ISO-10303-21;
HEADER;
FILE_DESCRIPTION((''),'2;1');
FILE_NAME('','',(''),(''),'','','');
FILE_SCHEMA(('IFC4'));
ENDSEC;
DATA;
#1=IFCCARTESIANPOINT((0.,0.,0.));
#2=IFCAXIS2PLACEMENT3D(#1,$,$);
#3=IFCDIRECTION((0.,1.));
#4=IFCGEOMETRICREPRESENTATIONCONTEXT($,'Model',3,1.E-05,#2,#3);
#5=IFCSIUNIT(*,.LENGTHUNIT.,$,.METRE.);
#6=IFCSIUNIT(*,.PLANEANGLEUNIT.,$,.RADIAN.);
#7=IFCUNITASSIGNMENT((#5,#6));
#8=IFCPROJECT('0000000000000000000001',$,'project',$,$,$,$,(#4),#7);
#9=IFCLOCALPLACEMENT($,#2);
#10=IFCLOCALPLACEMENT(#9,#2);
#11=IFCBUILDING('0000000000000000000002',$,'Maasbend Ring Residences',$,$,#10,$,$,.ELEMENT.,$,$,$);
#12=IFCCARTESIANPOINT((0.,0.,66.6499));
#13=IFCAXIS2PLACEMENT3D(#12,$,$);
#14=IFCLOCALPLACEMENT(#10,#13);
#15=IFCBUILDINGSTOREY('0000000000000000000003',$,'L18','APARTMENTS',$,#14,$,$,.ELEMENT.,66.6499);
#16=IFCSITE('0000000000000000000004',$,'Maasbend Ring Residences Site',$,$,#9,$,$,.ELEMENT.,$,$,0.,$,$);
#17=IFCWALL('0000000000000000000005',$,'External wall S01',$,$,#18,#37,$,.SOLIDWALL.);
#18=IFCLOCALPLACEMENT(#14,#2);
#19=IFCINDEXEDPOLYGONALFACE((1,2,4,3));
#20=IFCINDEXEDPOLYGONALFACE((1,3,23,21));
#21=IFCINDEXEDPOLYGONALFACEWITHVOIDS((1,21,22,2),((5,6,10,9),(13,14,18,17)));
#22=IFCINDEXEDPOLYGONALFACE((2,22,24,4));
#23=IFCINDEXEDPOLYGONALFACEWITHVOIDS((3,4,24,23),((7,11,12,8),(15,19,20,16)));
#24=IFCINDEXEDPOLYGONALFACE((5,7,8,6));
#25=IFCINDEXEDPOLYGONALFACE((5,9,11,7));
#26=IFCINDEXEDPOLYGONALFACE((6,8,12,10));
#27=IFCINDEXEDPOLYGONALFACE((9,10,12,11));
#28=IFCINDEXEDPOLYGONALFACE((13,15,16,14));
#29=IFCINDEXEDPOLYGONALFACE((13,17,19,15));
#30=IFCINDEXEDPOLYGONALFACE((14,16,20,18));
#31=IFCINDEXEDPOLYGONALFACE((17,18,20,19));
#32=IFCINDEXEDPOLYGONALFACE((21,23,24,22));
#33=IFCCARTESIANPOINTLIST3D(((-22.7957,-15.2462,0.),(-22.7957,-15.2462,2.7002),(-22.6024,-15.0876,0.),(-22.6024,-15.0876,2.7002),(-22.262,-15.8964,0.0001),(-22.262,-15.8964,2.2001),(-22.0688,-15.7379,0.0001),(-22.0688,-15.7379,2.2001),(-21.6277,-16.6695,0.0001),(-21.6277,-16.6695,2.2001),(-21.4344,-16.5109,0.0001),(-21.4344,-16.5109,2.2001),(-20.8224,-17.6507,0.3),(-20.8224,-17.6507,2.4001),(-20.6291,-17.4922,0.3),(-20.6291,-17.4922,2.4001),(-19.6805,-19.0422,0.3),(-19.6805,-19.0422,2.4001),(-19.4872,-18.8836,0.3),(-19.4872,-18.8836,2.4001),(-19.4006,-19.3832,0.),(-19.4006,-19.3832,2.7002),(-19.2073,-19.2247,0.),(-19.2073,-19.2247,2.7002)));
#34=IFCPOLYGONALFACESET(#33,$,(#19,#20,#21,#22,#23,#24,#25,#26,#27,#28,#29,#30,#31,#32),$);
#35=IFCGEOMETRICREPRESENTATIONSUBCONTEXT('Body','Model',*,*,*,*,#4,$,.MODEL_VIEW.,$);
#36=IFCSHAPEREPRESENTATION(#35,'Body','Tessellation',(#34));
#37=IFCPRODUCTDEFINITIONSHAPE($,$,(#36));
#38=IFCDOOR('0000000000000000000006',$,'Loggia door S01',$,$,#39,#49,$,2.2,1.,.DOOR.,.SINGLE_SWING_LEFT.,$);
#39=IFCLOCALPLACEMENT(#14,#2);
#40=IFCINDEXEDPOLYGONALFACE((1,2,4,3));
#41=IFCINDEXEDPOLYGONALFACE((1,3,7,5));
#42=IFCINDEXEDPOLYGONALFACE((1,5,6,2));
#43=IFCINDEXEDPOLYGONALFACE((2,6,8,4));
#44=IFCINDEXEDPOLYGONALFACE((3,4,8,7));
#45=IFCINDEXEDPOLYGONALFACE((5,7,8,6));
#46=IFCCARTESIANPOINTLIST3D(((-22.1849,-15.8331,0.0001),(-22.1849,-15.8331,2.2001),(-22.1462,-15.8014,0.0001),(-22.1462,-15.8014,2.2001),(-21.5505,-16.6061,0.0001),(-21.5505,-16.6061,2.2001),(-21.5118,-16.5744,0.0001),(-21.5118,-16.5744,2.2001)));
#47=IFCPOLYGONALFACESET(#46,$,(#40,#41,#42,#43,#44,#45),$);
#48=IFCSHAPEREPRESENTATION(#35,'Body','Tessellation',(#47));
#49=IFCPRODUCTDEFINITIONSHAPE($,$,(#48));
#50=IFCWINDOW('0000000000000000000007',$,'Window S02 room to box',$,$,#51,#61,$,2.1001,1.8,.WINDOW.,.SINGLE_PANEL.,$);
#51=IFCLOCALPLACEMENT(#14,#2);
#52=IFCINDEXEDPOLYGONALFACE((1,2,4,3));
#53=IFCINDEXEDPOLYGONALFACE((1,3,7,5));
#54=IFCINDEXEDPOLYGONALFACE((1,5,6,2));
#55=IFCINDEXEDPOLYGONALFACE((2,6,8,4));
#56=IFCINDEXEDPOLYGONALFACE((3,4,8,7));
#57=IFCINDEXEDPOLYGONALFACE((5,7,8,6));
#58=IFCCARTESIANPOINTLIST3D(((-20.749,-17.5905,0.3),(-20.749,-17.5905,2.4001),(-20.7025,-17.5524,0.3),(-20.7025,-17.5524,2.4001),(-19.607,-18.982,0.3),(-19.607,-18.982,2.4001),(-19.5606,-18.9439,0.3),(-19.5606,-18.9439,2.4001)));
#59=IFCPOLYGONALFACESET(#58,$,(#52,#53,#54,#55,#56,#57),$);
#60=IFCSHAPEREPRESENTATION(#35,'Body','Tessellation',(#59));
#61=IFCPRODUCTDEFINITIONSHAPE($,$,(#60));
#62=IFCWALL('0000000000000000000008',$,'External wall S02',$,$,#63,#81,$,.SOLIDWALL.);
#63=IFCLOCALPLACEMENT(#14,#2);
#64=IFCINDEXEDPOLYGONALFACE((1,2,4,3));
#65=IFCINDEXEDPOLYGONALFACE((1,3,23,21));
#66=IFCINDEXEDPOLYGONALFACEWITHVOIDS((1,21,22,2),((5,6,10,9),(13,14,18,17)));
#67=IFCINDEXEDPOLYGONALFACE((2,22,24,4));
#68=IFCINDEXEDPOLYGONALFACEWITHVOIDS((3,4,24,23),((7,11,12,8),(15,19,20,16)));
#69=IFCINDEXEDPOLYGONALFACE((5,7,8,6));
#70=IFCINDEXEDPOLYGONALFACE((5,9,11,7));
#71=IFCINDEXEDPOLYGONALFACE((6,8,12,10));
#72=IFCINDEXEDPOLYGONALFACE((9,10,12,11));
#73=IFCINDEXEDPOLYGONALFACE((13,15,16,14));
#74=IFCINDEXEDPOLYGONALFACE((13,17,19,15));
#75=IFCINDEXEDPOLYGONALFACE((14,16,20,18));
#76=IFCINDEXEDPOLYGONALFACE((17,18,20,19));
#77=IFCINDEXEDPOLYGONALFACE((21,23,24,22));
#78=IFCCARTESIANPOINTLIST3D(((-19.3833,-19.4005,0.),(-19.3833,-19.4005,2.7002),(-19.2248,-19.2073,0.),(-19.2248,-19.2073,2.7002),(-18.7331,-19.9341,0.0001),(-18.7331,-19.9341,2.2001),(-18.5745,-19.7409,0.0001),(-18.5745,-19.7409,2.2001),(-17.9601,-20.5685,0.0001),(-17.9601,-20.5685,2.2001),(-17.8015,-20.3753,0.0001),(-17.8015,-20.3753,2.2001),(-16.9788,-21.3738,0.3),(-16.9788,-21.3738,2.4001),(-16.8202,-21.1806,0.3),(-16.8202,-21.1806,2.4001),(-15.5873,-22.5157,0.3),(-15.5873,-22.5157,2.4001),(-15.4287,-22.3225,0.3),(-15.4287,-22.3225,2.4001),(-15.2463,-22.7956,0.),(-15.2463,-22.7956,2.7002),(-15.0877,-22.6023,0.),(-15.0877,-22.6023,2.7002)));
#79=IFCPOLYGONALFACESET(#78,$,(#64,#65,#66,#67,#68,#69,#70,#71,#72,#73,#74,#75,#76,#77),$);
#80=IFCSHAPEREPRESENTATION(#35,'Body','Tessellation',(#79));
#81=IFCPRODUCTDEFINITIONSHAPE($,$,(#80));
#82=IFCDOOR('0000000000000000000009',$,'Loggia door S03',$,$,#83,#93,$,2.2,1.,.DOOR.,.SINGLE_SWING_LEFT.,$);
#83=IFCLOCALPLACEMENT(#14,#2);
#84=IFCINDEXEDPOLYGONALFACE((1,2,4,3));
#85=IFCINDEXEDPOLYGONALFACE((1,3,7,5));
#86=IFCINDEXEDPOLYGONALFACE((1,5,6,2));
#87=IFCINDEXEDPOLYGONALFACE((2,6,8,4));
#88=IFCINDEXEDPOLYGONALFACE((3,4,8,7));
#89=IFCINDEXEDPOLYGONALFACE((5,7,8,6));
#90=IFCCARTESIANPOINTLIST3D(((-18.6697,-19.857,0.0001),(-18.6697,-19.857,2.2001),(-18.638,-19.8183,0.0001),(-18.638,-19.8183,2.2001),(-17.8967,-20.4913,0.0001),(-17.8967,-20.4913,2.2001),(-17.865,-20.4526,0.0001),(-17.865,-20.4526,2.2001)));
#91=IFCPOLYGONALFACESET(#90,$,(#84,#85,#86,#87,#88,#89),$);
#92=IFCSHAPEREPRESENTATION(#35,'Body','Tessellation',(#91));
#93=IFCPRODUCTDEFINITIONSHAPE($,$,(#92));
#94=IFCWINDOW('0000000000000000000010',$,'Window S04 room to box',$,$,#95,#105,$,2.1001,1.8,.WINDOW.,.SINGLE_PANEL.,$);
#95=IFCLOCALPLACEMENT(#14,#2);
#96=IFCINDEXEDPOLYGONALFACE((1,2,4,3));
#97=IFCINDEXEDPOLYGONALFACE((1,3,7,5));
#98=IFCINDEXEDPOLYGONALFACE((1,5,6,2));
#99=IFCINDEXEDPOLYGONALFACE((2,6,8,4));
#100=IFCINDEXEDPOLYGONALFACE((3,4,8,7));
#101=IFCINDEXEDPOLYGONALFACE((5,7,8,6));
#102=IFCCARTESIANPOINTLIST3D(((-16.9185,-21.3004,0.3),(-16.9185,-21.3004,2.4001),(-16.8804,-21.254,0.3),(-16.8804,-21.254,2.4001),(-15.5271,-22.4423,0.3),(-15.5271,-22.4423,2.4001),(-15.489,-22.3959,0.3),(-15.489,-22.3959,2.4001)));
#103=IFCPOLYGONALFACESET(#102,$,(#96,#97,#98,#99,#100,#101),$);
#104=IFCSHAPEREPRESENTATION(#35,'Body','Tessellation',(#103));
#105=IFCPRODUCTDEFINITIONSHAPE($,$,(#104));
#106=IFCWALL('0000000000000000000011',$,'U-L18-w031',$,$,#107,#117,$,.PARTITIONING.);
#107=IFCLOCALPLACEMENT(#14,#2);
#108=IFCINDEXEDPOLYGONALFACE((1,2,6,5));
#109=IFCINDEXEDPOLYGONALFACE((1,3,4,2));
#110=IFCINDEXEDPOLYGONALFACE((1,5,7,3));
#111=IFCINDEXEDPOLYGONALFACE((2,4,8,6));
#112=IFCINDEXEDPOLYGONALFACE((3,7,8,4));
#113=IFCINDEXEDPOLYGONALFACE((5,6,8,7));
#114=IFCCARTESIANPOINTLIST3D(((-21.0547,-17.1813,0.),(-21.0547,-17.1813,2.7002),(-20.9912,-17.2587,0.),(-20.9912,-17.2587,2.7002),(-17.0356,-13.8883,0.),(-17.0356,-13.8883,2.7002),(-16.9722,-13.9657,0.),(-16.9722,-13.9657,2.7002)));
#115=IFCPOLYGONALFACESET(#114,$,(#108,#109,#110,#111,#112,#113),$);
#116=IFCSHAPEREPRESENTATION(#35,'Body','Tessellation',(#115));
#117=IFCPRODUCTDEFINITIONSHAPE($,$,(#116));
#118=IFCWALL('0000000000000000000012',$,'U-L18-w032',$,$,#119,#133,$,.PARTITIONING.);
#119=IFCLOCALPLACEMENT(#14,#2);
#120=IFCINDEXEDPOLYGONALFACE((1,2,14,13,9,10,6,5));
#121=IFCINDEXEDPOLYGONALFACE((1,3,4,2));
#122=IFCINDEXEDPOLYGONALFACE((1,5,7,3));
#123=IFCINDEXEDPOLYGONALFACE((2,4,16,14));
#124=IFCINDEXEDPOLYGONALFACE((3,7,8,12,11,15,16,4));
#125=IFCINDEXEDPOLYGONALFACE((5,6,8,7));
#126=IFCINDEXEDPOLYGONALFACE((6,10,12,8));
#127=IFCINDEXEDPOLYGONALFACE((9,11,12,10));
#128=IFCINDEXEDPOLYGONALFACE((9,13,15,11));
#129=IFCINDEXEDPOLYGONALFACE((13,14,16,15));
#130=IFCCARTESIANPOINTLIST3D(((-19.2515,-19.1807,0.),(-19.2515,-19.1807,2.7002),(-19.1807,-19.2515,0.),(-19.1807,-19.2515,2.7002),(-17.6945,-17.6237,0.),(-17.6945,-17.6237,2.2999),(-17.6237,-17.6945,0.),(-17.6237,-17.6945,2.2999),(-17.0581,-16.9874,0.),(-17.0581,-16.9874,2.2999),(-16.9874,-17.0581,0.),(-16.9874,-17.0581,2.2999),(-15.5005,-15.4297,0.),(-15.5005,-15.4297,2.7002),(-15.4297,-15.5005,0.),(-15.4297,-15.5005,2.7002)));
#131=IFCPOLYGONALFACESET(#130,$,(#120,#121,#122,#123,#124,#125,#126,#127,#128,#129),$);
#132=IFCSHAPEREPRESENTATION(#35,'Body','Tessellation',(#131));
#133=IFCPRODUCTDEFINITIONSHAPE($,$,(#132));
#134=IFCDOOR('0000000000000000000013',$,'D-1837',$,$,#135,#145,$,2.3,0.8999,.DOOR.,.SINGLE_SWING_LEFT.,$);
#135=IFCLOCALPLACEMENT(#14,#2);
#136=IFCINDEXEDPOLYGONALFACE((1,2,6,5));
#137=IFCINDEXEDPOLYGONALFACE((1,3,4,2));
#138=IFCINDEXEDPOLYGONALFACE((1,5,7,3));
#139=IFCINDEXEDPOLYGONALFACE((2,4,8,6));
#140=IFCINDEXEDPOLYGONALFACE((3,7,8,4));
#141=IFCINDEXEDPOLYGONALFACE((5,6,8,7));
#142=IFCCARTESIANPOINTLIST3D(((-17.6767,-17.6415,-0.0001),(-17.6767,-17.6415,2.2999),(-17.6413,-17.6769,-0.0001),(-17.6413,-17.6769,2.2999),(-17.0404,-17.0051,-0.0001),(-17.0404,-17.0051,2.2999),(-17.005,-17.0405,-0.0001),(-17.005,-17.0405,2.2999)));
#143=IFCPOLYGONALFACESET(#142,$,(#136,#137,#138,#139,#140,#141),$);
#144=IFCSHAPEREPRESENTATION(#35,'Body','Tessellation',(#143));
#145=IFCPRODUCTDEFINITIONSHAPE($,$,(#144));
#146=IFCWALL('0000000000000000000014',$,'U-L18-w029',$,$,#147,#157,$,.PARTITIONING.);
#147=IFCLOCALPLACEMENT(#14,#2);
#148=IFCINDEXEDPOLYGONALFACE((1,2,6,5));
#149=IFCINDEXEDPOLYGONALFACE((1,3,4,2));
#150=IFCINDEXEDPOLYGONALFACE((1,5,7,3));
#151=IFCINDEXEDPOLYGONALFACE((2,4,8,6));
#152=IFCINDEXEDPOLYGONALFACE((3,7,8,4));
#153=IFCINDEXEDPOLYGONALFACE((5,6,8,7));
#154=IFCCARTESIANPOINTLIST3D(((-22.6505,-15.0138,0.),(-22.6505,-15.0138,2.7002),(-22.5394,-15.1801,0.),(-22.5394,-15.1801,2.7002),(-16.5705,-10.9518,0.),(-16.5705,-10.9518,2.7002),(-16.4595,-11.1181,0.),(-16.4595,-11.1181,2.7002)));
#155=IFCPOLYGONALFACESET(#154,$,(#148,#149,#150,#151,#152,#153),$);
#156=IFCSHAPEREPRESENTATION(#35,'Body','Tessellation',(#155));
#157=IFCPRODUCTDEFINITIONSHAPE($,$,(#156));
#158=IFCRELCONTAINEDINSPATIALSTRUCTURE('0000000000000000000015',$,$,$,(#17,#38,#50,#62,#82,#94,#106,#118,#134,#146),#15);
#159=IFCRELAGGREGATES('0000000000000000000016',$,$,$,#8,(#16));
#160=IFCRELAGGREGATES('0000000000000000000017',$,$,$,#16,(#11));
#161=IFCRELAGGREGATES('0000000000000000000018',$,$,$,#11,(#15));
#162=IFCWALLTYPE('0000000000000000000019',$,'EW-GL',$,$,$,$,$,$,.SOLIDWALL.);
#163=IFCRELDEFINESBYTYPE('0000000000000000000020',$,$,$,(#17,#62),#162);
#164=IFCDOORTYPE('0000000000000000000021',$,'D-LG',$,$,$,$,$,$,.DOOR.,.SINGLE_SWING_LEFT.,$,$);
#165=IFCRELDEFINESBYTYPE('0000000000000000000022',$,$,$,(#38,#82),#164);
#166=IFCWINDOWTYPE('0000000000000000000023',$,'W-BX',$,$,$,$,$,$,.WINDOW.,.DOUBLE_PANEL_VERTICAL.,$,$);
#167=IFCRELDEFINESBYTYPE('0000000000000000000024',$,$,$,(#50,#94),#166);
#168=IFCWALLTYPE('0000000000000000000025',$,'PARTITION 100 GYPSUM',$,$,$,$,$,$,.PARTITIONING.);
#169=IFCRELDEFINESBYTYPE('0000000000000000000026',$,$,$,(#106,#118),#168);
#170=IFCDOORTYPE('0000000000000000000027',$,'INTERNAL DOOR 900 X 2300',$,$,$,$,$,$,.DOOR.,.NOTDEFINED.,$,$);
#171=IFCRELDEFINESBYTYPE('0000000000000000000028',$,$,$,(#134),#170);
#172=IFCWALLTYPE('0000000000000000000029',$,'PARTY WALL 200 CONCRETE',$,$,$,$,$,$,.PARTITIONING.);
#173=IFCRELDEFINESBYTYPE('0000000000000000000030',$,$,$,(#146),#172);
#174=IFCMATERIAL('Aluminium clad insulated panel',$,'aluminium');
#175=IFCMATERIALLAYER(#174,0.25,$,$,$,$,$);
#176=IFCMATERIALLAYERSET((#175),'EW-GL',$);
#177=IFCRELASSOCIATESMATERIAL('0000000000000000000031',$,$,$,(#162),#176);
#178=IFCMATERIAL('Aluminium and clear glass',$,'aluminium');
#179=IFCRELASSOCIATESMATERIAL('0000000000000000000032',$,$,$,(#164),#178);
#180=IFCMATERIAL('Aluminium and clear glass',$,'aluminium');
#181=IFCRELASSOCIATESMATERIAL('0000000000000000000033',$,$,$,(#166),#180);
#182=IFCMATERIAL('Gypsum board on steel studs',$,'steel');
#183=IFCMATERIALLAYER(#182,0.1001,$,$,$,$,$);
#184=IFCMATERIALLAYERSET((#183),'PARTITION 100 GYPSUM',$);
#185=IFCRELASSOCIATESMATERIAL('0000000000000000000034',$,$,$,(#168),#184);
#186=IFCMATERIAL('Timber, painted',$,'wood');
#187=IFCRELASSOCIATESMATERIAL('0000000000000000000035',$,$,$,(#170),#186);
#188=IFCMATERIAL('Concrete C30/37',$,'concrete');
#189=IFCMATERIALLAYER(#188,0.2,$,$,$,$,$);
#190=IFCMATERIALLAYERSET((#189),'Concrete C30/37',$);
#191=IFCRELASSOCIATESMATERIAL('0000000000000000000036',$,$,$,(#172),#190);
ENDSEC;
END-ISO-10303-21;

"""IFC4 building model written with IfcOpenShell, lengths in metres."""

from ifc_helpers import new_model, si_unit, direction, frame, frame_2d, origin, place, context, subcontext, project, spatial, rectangle, extrude, material, layer, layer_set, type_object, element, fill, save


model = new_model("IFC4")

# Units and contexts
model_context = context("Model", 3, precision=1e-05, world=origin(), true_north=direction((0.0, 1.0)))
body_context = subcontext(model_context, "Body", "Model", "MODEL_VIEW")
ifc_project = project(units=[si_unit("LENGTHUNIT", "METRE"), si_unit("PLANEANGLEUNIT", "RADIAN")], contexts=[model_context])

# Site, building, storey
site_placement = place(None, origin())
site = spatial("IfcSite", under=ifc_project, at=site_placement, Name="Maasbend Ring Residences Site", CompositionType="ELEMENT", RefElevation=0.0)
building_placement = place(site_placement, origin())
building = spatial("IfcBuilding", under=site, at=building_placement, Name="Maasbend Ring Residences", CompositionType="ELEMENT")
storey_placement = place(building_placement, frame((0.0, 0.0, 66.6499)))
storey = spatial("IfcBuildingStorey", under=building, at=storey_placement, Name="L18", Description="APARTMENTS", CompositionType="ELEMENT", Elevation=66.6499)

# Walls, openings, doors, windows
ifc_material_1 = material(Name="Aluminium clad insulated panel", Category="aluminium")
ifc_layer_1 = layer(ifc_material_1, 0.25)
ifc_layer_set_1 = layer_set([ifc_layer_1], Name="EW-GL")
wall_type_1 = type_object("IfcWallType", Name="EW-GL", PredefinedType="SOLIDWALL", material=ifc_layer_set_1)
wall_1_placement = place(storey_placement, frame((-22.699, -15.167, 0.0), z_axis=(0.0, 0.0, 1.0), x_axis=(0.634382, -0.773019, 0.0)))
wall_1 = element("IfcWall", 1, at=wall_1_placement, inside=storey, type_object=wall_type_1, Name="External wall S01", PredefinedType="SOLIDWALL", context=body_context, shape_type="SweptSolid", body=[
    extrude(rectangle(XDim=5.3518, YDim=0.25, at=frame_2d((2.6758, 0.0))), origin(), (0.0, 0.0, 1.0), 2.7002),
])
opening_1_placement = place(wall_1_placement, frame((0.8411, 0.0, 0.0)))
opening_1 = element("IfcOpeningElement", 2, at=opening_1_placement, cuts=wall_1, PredefinedType="OPENING", context=body_context, shape_type="SweptSolid", body=[
    extrude(rectangle(XDim=1.0, YDim=2.2, at=frame_2d((0.5, 1.1001))), frame((0.0, 0.135, 0.0), z_axis=(0.0, -1.0, 0.0), x_axis=(1.0, 0.0, 0.0)), (0.0, 0.0, 1.0), 0.27),
])
opening_2_placement = place(wall_1_placement, frame((3.1106, 0.0, 0.3)))
opening_2 = element("IfcOpeningElement", 3, at=opening_2_placement, cuts=wall_1, PredefinedType="OPENING", context=body_context, shape_type="SweptSolid", body=[
    extrude(rectangle(XDim=1.8, YDim=2.1001, at=frame_2d((0.8999, 1.05))), frame((0.0, 0.135, 0.0), z_axis=(0.0, -1.0, 0.0), x_axis=(1.0, 0.0, 0.0)), (0.0, 0.0, 1.0), 0.27),
])
ifc_material_2 = material(Name="Aluminium and clear glass", Category="aluminium")
door_type_1 = type_object("IfcDoorType", Name="D-LG", OperationType="SINGLE_SWING_LEFT", PredefinedType="DOOR", material=ifc_material_2)
door_1_placement = place(opening_1_placement, origin())
door_1 = element("IfcDoor", 4, at=door_1_placement, inside=storey, type_object=door_type_1, Name="Loggia door S01", OperationType="SINGLE_SWING_LEFT", OverallHeight=2.2, OverallWidth=1.0, PredefinedType="DOOR", context=body_context, shape_type="SweptSolid", body=[
    extrude(rectangle(XDim=1.0, YDim=2.2, at=frame_2d((0.5, 1.1001))), frame((0.0, 0.0249, 0.0), z_axis=(0.0, -1.0, 0.0), x_axis=(1.0, 0.0, 0.0)), (0.0, 0.0, 1.0), 0.05),
])
fill(opening_1, door_1)
ifc_material_3 = material(Name="Aluminium and clear glass", Category="aluminium")
window_type_1 = type_object("IfcWindowType", Name="W-BX", PartitioningType="DOUBLE_PANEL_VERTICAL", PredefinedType="WINDOW", material=ifc_material_3)
window_1_placement = place(opening_2_placement, origin())
window_1 = element("IfcWindow", 5, at=window_1_placement, inside=storey, type_object=window_type_1, Name="Window S02 room to box", OverallHeight=2.1001, OverallWidth=1.8, PartitioningType="SINGLE_PANEL", PredefinedType="WINDOW", context=body_context, shape_type="SweptSolid", body=[
    extrude(rectangle(XDim=1.8, YDim=2.1001, at=frame_2d((0.8999, 1.05))), frame((0.0, 0.03, 0.0), z_axis=(0.0, -1.0, 0.0), x_axis=(1.0, 0.0, 0.0)), (0.0, 0.0, 1.0), 0.0601),
])
fill(opening_2, window_1)
wall_2_placement = place(storey_placement, frame((-19.304, -19.304, 0.0), z_axis=(0.0, 0.0, 1.0), x_axis=(0.773019, -0.634382, 0.0)))
wall_2 = element("IfcWall", 6, at=wall_2_placement, inside=storey, type_object=wall_type_1, Name="External wall S02", PredefinedType="SOLIDWALL", context=body_context, shape_type="SweptSolid", body=[
    extrude(rectangle(XDim=5.3518, YDim=0.25, at=frame_2d((2.6758, 0.0))), origin(), (0.0, 0.0, 1.0), 2.7002),
])
opening_3_placement = place(wall_2_placement, frame((0.8411, 0.0, 0.0)))
opening_3 = element("IfcOpeningElement", 7, at=opening_3_placement, cuts=wall_2, PredefinedType="OPENING", context=body_context, shape_type="SweptSolid", body=[
    extrude(rectangle(XDim=1.0, YDim=2.2, at=frame_2d((0.5, 1.1001))), frame((0.0, 0.135, 0.0), z_axis=(0.0, -1.0, 0.0), x_axis=(1.0, 0.0, 0.0)), (0.0, 0.0, 1.0), 0.27),
])
opening_4_placement = place(wall_2_placement, frame((3.1106, 0.0, 0.3)))
opening_4 = element("IfcOpeningElement", 8, at=opening_4_placement, cuts=wall_2, PredefinedType="OPENING", context=body_context, shape_type="SweptSolid", body=[
    extrude(rectangle(XDim=1.8, YDim=2.1001, at=frame_2d((0.8999, 1.05))), frame((0.0, 0.135, 0.0), z_axis=(0.0, -1.0, 0.0), x_axis=(1.0, 0.0, 0.0)), (0.0, 0.0, 1.0), 0.27),
])
door_2_placement = place(opening_3_placement, origin())
door_2 = element("IfcDoor", 9, at=door_2_placement, inside=storey, type_object=door_type_1, Name="Loggia door S03", OperationType="SINGLE_SWING_LEFT", OverallHeight=2.2, OverallWidth=1.0, PredefinedType="DOOR", context=body_context, shape_type="SweptSolid", body=[
    extrude(rectangle(XDim=1.0, YDim=2.2, at=frame_2d((0.5, 1.1001))), frame((0.0, 0.0249, 0.0), z_axis=(0.0, -1.0, 0.0), x_axis=(1.0, 0.0, 0.0)), (0.0, 0.0, 1.0), 0.05),
])
fill(opening_3, door_2)
window_2_placement = place(opening_4_placement, origin())
window_2 = element("IfcWindow", 10, at=window_2_placement, inside=storey, type_object=window_type_1, Name="Window S04 room to box", OverallHeight=2.1001, OverallWidth=1.8, PartitioningType="SINGLE_PANEL", PredefinedType="WINDOW", context=body_context, shape_type="SweptSolid", body=[
    extrude(rectangle(XDim=1.8, YDim=2.1001, at=frame_2d((0.8999, 1.05))), frame((0.0, 0.03, 0.0), z_axis=(0.0, -1.0, 0.0), x_axis=(1.0, 0.0, 0.0)), (0.0, 0.0, 1.0), 0.0601),
])
fill(opening_4, window_2)

# Wall
ifc_material_4 = material(Name="Gypsum board on steel studs", Category="steel")
ifc_layer_2 = layer(ifc_material_4, 0.1001)
ifc_layer_set_2 = layer_set([ifc_layer_2], Name="PARTITION 100 GYPSUM")
wall_type_2 = type_object("IfcWallType", Name="PARTITION 100 GYPSUM", PredefinedType="PARTITIONING", material=ifc_layer_set_2)
wall_3_placement = place(storey_placement, frame((-21.0229, -17.22, 0.0), z_axis=(0.0, 0.0, 1.0), x_axis=(0.773517, 0.633775, 0.0)))
element("IfcWall", 11, at=wall_3_placement, inside=storey, type_object=wall_type_2, Name="U-L18-w031", PredefinedType="PARTITIONING", context=body_context, shape_type="SweptSolid", body=[
    extrude(rectangle(XDim=5.1958, YDim=0.1001, at=frame_2d((2.5979, 0.0))), origin(), (0.0, 0.0, 1.0), 2.7002),
])

# Wall, opening, door
wall_4_placement = place(storey_placement, frame((-19.2161, -19.2161, 0.0), z_axis=(0.0, 0.0, 1.0), x_axis=(0.707107, 0.707107, 0.0)))
wall_4 = element("IfcWall", 12, at=wall_4_placement, inside=storey, type_object=wall_type_2, Name="U-L18-w032", PredefinedType="PARTITIONING", context=body_context, shape_type="SweptSolid", body=[
    extrude(rectangle(XDim=5.3047, YDim=0.1001, at=frame_2d((2.6523, 0.0))), origin(), (0.0, 0.0, 1.0), 2.7002),
])
opening_5_placement = place(wall_4_placement, frame((2.2019, 0.0, 0.0)))
opening_5 = element("IfcOpeningElement", 13, at=opening_5_placement, cuts=wall_4, PredefinedType="OPENING", context=body_context, shape_type="SweptSolid", body=[
    extrude(rectangle(XDim=0.8999, YDim=2.3, at=frame_2d((0.45, 1.1499))), frame((0.0, 0.0601, 0.0), z_axis=(0.0, -1.0, 0.0), x_axis=(1.0, 0.0, 0.0)), (0.0, 0.0, 1.0), 0.1201),
])
ifc_material_5 = material(Name="Timber, painted", Category="wood")
door_type_2 = type_object("IfcDoorType", Name="INTERNAL DOOR 900 X 2300", OperationType="NOTDEFINED", PredefinedType="DOOR", material=ifc_material_5)
door_3_placement = place(opening_5_placement, origin())
door_3 = element("IfcDoor", 14, at=door_3_placement, inside=storey, type_object=door_type_2, Name="D-1837", OperationType="SINGLE_SWING_LEFT", OverallHeight=2.3, OverallWidth=0.8999, PredefinedType="DOOR", context=body_context, shape_type="SweptSolid", body=[
    extrude(rectangle(XDim=0.8999, YDim=2.3, at=frame_2d((0.45, 1.1499))), frame((0.0, 0.0249, 0.0), z_axis=(0.0, -1.0, 0.0), x_axis=(1.0, 0.0, 0.0)), (0.0, 0.0, 1.0), 0.05),
])
fill(opening_5, door_3)

# Wall
ifc_material_6 = material(Name="Concrete C30/37", Category="concrete")
ifc_layer_3 = layer(ifc_material_6, 0.2)
ifc_layer_set_3 = layer_set([ifc_layer_3], Name="Concrete C30/37")
wall_type_3 = type_object("IfcWallType", Name="PARTY WALL 200 CONCRETE", PredefinedType="PARTITIONING", material=ifc_layer_set_3)
wall_5_placement = place(storey_placement, frame((-22.595, -15.0969, 0.0), z_axis=(0.0, 0.0, 1.0), x_axis=(0.831505, 0.555517, 0.0)))
element("IfcWall", 15, at=wall_5_placement, inside=storey, type_object=wall_type_3, Name="U-L18-w029", PredefinedType="PARTITIONING", context=body_context, shape_type="SweptSolid", body=[
    extrude(rectangle(XDim=7.312, YDim=0.2, at=frame_2d((3.656, 0.0))), origin(), (0.0, 0.0, 1.0), 2.7002),
])

save(model, "model.ifc")
